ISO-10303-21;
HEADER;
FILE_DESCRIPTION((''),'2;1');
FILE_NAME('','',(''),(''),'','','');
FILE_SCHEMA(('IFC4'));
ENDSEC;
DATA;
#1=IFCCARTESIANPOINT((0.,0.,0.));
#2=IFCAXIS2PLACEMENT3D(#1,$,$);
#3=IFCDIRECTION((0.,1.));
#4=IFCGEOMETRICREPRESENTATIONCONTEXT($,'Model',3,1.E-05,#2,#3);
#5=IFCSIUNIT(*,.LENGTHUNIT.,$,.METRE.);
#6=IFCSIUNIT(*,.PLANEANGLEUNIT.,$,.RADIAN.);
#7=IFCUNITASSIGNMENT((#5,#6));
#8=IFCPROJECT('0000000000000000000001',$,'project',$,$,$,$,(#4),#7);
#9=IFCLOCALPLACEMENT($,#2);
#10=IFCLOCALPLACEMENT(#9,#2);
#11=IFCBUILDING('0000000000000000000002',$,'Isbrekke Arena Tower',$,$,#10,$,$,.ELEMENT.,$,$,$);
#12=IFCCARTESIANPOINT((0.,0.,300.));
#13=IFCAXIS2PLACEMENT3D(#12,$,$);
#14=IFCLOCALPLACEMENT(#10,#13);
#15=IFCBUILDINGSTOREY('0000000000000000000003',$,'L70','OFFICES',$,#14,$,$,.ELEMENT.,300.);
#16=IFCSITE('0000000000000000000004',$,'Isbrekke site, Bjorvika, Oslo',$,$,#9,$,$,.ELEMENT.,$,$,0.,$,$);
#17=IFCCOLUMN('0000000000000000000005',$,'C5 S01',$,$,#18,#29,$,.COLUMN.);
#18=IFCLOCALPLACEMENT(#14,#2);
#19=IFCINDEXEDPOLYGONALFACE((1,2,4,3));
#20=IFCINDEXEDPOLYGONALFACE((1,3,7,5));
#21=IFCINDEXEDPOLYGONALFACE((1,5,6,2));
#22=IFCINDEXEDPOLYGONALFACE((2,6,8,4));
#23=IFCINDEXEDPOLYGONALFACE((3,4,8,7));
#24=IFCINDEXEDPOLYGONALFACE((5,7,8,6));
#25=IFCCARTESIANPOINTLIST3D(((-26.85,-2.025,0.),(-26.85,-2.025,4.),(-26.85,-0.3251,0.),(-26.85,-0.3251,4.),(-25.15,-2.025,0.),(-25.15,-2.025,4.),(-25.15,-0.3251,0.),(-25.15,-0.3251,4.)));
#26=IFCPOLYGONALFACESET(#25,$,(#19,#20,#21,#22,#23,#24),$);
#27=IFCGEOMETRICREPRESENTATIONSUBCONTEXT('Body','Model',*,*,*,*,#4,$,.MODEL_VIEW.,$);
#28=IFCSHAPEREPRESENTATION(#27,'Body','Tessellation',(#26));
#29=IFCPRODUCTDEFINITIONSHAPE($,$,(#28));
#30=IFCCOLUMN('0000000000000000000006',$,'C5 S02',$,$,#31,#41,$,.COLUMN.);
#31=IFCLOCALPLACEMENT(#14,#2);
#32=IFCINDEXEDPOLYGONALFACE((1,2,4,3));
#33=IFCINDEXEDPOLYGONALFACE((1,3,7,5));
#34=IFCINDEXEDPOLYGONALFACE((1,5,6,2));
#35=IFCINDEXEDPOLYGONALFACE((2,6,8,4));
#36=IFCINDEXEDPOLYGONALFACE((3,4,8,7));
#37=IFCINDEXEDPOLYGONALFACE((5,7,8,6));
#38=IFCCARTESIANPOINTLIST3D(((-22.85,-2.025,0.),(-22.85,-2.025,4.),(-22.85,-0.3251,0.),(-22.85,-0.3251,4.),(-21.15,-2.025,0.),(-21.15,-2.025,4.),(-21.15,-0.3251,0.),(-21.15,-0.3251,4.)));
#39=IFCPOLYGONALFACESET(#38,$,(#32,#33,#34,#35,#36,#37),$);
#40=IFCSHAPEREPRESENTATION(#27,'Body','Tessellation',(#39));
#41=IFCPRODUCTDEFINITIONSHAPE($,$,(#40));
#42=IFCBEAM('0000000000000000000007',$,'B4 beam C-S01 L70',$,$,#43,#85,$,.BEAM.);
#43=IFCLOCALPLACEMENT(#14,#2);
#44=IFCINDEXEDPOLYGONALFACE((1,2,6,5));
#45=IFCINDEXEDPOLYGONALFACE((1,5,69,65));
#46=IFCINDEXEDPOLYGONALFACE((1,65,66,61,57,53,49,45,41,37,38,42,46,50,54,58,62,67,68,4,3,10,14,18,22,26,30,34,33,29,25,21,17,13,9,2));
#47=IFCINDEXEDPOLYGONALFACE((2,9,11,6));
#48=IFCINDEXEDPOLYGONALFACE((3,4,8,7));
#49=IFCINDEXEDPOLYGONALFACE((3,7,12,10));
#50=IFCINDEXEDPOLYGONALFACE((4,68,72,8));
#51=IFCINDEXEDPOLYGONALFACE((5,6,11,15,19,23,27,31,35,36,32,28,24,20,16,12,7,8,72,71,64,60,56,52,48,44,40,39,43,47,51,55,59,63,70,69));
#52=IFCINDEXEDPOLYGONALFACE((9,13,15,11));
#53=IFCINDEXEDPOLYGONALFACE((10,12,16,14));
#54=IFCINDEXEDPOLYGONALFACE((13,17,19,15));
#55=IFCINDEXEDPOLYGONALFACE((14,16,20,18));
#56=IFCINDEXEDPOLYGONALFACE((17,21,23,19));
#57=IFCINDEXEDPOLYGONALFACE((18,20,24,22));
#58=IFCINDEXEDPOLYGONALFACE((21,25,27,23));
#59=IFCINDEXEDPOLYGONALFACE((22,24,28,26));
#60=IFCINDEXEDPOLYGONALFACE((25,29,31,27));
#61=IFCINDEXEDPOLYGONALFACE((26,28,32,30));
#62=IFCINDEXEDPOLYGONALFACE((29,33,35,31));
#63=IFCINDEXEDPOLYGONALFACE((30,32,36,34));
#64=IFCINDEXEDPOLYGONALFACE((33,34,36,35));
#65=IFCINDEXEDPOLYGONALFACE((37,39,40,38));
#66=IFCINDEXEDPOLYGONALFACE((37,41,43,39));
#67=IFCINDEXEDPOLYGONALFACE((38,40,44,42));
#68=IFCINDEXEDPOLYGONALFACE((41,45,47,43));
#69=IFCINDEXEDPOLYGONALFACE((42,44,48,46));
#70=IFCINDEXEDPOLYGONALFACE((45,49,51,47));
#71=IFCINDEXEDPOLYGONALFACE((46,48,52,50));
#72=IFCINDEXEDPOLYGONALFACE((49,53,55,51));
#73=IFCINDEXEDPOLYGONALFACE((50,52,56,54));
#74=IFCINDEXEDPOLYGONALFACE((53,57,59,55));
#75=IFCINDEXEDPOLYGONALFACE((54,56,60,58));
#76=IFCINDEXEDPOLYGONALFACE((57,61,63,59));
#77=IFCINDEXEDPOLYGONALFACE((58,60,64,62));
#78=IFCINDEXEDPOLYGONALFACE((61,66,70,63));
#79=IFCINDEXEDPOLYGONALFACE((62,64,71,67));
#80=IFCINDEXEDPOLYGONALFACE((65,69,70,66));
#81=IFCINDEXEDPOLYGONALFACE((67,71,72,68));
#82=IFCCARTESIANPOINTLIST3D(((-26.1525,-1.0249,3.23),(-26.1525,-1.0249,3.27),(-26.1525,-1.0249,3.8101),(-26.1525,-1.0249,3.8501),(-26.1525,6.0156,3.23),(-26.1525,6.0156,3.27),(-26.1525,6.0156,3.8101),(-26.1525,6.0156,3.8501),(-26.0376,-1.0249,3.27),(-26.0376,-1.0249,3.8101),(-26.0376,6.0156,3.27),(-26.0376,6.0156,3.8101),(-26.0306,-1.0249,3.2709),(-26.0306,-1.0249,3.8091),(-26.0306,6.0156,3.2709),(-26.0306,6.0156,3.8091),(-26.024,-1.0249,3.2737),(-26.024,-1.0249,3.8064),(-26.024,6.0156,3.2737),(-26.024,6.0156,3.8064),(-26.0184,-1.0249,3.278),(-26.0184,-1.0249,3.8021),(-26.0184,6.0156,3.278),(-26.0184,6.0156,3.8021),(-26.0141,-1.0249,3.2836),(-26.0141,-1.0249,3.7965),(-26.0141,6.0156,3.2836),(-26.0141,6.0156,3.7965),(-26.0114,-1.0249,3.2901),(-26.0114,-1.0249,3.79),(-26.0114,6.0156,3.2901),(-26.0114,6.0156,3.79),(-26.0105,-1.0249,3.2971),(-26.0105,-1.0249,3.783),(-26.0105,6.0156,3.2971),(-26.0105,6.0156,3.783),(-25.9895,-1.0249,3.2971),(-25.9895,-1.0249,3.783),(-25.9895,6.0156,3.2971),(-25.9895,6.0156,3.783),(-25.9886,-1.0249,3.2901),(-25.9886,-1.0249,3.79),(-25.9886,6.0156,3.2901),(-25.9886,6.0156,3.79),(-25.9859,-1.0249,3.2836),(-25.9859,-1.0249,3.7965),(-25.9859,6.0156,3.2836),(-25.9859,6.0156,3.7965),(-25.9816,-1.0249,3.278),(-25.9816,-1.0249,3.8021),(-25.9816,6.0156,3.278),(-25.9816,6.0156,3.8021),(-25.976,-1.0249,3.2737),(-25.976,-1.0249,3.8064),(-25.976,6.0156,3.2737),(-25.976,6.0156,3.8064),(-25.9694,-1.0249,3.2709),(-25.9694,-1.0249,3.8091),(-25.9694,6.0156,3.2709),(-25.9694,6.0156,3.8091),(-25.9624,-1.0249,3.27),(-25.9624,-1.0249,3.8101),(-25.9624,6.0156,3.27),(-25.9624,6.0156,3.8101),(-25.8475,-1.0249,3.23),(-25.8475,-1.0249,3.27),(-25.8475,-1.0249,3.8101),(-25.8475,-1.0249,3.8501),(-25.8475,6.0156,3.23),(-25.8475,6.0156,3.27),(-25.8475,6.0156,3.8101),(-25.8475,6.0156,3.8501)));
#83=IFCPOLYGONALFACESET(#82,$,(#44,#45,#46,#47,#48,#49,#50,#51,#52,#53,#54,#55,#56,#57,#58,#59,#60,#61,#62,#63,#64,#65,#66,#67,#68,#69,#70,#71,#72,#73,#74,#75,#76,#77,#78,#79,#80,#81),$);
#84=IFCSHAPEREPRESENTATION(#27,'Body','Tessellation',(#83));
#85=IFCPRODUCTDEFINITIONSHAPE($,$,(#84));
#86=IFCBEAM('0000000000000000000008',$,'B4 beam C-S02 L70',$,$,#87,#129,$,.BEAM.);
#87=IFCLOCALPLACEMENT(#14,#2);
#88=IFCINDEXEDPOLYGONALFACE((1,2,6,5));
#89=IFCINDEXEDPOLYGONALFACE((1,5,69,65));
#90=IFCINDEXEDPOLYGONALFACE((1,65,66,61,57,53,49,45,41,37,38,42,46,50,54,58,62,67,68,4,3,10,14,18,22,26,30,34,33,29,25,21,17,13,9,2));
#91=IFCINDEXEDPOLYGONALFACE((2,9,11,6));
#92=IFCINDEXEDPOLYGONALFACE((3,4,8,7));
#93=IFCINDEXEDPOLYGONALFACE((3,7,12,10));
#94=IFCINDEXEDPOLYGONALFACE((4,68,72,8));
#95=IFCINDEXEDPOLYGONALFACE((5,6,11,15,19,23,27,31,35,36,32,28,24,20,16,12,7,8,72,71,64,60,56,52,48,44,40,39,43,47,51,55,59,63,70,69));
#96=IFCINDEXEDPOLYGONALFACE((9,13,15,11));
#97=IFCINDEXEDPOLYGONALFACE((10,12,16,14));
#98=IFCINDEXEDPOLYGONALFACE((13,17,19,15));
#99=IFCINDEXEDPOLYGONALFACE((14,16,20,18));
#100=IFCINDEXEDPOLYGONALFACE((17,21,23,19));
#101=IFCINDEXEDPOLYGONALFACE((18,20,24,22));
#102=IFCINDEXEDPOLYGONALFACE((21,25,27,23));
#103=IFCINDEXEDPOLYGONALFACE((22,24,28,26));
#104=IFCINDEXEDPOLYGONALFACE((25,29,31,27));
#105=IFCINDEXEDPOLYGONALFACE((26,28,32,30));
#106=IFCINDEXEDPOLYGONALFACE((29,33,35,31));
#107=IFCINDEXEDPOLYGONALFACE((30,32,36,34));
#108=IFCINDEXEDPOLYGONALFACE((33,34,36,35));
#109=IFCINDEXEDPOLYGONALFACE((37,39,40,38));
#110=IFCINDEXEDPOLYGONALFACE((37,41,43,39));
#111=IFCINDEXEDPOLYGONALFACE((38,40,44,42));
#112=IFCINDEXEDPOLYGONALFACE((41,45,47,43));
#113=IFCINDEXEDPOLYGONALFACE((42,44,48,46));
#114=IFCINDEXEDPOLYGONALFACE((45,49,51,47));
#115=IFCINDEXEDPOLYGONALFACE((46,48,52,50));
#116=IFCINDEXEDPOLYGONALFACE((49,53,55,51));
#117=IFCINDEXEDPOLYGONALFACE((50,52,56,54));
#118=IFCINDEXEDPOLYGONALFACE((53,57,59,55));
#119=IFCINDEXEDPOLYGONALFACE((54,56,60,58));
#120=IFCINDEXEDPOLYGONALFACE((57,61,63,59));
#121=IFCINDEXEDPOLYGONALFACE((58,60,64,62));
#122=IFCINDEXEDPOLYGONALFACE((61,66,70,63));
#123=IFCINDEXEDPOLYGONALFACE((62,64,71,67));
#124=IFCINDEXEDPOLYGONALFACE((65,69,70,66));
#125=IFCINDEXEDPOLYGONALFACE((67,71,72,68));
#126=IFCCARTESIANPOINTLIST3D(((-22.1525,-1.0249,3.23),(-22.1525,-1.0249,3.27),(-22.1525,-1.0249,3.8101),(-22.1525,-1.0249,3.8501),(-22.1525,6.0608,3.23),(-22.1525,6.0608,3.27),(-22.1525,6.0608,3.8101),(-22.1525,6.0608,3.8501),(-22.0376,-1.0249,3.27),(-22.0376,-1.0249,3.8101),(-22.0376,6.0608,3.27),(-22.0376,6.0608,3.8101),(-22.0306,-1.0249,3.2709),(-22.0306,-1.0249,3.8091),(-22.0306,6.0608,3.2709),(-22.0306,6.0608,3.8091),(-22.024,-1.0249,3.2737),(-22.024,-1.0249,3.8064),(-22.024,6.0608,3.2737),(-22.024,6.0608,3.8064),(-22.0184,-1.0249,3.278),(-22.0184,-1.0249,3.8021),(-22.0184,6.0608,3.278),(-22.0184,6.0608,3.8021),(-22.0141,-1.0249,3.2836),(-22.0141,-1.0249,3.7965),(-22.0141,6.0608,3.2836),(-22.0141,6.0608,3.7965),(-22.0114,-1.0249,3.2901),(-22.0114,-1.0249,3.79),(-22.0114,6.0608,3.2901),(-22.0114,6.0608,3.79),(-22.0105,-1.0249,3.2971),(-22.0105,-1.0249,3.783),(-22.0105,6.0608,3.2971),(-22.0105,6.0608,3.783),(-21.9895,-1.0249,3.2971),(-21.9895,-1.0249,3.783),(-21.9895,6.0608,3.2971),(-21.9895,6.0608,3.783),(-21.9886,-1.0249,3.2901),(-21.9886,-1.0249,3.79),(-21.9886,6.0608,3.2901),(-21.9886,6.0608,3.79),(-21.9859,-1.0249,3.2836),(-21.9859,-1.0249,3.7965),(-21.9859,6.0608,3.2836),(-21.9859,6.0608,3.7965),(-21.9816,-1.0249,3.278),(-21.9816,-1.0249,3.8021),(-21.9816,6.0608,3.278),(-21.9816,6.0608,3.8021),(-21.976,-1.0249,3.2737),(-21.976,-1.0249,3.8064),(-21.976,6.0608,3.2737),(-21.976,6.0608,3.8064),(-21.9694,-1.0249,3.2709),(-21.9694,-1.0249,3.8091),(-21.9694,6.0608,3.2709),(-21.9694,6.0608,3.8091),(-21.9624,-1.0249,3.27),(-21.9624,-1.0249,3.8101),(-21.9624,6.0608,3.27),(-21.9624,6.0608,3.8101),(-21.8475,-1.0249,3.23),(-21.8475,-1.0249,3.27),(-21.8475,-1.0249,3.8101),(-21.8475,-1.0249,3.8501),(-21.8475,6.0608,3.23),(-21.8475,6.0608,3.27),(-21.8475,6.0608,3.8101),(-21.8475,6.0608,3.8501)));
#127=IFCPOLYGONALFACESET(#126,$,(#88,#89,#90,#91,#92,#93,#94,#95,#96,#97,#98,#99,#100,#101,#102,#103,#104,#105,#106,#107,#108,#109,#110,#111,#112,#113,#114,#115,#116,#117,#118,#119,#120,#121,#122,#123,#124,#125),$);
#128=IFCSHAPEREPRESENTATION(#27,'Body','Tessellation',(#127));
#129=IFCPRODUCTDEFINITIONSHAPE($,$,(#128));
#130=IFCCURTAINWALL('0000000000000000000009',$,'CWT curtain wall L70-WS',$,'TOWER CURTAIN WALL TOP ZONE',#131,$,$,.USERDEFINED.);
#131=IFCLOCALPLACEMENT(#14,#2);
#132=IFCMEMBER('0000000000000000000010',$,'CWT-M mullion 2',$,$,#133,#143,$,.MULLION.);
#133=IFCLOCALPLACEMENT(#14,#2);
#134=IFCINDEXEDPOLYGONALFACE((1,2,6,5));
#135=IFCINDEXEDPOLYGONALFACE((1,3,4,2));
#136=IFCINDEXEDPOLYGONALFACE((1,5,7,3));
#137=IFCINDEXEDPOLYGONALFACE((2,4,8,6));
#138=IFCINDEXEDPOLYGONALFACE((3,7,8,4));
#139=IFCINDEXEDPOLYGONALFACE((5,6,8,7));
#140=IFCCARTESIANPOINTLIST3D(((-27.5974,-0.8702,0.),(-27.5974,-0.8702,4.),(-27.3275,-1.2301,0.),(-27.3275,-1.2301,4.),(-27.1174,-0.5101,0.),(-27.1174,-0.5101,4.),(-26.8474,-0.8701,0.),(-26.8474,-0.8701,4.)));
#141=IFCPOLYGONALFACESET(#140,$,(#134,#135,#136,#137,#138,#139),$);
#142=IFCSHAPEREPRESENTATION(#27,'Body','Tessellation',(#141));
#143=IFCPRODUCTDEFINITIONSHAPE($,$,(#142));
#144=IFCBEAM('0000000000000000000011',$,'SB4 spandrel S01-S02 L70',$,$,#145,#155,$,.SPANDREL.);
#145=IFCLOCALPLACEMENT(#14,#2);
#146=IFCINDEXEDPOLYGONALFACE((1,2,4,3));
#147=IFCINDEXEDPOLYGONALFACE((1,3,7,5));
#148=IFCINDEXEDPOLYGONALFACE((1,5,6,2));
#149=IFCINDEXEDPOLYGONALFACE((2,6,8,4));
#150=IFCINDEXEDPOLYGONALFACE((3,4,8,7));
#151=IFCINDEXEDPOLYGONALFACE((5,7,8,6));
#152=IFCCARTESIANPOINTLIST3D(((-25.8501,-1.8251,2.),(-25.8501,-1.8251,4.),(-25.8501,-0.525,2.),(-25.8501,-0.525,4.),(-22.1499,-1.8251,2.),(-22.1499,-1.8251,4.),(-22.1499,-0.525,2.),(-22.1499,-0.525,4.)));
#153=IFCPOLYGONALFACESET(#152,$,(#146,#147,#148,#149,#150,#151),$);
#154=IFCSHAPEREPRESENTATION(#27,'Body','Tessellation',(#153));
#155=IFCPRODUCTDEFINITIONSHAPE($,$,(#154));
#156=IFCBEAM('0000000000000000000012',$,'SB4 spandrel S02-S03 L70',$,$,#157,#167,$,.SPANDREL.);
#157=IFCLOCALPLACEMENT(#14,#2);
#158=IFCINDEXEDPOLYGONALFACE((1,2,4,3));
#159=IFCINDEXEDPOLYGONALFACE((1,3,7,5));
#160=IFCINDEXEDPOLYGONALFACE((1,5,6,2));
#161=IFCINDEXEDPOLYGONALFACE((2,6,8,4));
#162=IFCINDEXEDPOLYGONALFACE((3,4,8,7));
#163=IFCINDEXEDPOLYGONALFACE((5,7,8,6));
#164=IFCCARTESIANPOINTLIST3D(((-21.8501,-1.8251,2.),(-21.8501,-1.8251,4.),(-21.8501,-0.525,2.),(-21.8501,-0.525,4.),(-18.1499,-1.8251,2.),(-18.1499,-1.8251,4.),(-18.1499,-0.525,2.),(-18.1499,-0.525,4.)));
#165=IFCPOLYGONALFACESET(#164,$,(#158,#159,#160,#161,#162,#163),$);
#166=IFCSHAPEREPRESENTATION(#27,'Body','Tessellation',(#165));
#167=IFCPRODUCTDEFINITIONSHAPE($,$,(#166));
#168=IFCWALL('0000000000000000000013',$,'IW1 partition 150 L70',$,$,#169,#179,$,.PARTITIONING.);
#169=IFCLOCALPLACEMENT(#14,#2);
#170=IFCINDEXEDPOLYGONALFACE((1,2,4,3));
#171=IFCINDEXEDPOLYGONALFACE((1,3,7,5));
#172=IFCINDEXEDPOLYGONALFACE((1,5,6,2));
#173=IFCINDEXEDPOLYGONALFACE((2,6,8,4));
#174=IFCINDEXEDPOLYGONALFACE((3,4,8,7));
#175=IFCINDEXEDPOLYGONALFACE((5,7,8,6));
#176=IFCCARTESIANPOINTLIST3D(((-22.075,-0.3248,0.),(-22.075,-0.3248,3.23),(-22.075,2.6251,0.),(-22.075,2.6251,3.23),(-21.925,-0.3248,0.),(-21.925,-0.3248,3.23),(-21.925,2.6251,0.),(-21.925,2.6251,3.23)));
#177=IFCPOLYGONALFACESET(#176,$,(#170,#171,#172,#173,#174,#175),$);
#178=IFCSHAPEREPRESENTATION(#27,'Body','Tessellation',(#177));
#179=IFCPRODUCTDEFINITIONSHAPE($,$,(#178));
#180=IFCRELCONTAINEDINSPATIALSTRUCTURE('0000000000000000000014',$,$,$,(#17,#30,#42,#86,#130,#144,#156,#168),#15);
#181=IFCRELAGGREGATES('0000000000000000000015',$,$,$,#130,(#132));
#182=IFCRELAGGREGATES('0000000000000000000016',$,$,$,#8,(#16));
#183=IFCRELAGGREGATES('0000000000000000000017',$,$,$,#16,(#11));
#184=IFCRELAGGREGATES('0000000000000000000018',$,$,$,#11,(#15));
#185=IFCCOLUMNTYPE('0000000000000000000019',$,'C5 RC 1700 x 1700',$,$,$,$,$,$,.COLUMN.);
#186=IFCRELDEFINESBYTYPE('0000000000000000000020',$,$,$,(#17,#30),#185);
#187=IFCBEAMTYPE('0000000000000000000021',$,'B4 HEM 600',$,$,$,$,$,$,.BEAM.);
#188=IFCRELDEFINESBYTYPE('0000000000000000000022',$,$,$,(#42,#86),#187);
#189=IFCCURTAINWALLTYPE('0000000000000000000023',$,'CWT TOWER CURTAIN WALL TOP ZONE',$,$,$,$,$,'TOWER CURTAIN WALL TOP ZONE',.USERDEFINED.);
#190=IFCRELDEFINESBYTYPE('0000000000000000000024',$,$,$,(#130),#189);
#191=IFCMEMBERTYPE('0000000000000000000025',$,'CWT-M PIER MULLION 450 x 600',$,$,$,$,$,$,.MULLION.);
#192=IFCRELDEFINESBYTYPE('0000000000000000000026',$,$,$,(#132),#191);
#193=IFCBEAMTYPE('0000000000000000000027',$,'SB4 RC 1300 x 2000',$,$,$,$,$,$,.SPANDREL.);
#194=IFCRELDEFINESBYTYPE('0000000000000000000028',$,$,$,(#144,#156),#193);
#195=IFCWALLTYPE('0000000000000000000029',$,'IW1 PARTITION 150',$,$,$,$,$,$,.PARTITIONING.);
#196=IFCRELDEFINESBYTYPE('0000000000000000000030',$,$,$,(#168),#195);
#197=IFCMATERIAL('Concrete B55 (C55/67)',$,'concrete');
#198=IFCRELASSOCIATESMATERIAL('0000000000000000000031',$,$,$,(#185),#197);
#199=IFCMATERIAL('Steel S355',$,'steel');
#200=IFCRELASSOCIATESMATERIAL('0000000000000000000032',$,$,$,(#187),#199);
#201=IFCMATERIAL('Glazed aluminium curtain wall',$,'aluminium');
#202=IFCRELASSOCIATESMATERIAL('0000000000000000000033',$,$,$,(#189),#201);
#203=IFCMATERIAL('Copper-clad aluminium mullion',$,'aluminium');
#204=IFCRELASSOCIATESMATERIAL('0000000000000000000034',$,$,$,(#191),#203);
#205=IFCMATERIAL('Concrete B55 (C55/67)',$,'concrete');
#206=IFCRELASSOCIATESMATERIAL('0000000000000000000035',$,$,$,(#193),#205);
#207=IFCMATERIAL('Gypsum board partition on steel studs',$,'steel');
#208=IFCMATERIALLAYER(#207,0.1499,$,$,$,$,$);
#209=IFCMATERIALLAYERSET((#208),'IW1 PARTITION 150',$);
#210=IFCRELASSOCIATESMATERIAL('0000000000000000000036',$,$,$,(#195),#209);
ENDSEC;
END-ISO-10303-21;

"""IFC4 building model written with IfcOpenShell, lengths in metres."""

from ifc_helpers import new_model, si_unit, direction, frame, frame_2d, origin, origin_2d, place, context, subcontext, project, spatial, rectangle, i_section, extrude, material, layer, layer_set, material_profile, profile_set, type_object, element, aggregate, save


model = new_model("IFC4")

# Units and contexts
model_context = context("Model", 3, precision=1e-05, world=origin(), true_north=direction((0.0, 1.0)))
body_context = subcontext(model_context, "Body", "Model", "MODEL_VIEW")
ifc_project = project(units=[si_unit("LENGTHUNIT", "METRE"), si_unit("PLANEANGLEUNIT", "RADIAN")], contexts=[model_context])

# Site, building, storey
site_placement = place(None, origin())
site = spatial("IfcSite", under=ifc_project, at=site_placement, Name="Isbrekke site, Bjorvika, Oslo", CompositionType="ELEMENT", RefElevation=0.0)
building_placement = place(site_placement, origin())
building = spatial("IfcBuilding", under=site, at=building_placement, Name="Isbrekke Arena Tower", CompositionType="ELEMENT")
storey_placement = place(building_placement, frame((0.0, 0.0, 300.0)))
storey = spatial("IfcBuildingStorey", under=building, at=storey_placement, Name="L70", Description="OFFICES", CompositionType="ELEMENT", Elevation=300.0)

# Columns
ifc_material_1 = material(Name="Concrete B55 (C55/67)", Category="concrete")
ifc_material_profile_1 = material_profile(ifc_material_1, rectangle(XDim=1.7, YDim=1.7, at=origin_2d()), Name="RC 1700x1700")
ifc_profile_set_1 = profile_set([ifc_material_profile_1], Name="Concrete B55 (C55/67)")
column_type = type_object("IfcColumnType", Name="C5 RC 1700 x 1700", PredefinedType="COLUMN", material=ifc_profile_set_1)
for number, where, z_axis, x_axis, name in (
    (1, (-26.0, -1.175, 0.0), (0.0, 0.0, 1.0), (1.0, 0.0, 0.0), "C5 S01"),
    (2, (-22.0, -1.175, 0.0), (0.0, 0.0, 1.0), (1.0, 0.0, 0.0), "C5 S02"),
):
    element("IfcColumn", number, at=place(storey_placement, frame(where, z_axis=z_axis, x_axis=x_axis)), inside=storey, type_object=column_type, Name=name, PredefinedType="COLUMN", context=body_context, shape_type="SweptSolid", body=[
        extrude(rectangle(XDim=1.7, YDim=1.7, at=origin_2d()), origin(), (0.0, 0.0, 1.0), 4.0),
    ])

# Beams
ifc_material_2 = material(Name="Steel S355", Category="steel")
ifc_material_profile_2 = material_profile(ifc_material_2, i_section(OverallWidth=0.3049, OverallDepth=0.6201, WebThickness=0.021, FlangeThickness=0.04, FilletRadius=0.0271, at=origin_2d()), Name="HEM 600")
ifc_profile_set_2 = profile_set([ifc_material_profile_2], Name="Steel S355")
beam_type_1 = type_object("IfcBeamType", Name="B4 HEM 600", PredefinedType="BEAM", material=ifc_profile_set_2)
beam_1_placement = place(storey_placement, frame((-26.0, -1.0249, 3.54), z_axis=(0.0, 1.0, 0.0), x_axis=(-1.0, 0.0, 0.0)))
element("IfcBeam", 3, at=beam_1_placement, inside=storey, type_object=beam_type_1, Name="B4 beam C-S01 L70", PredefinedType="BEAM", context=body_context, shape_type="SweptSolid", body=[
    extrude(i_section(OverallWidth=0.3049, OverallDepth=0.6201, WebThickness=0.021, FlangeThickness=0.04, FilletRadius=0.0271, at=origin_2d()), origin(), (0.0, 0.0, 1.0), 7.0405),
])
beam_2_placement = place(storey_placement, frame((-22.0, -1.0249, 3.54), z_axis=(0.0, 1.0, 0.0), x_axis=(-1.0, 0.0, 0.0)))
element("IfcBeam", 4, at=beam_2_placement, inside=storey, type_object=beam_type_1, Name="B4 beam C-S02 L70", PredefinedType="BEAM", context=body_context, shape_type="SweptSolid", body=[
    extrude(i_section(OverallWidth=0.3049, OverallDepth=0.6201, WebThickness=0.021, FlangeThickness=0.04, FilletRadius=0.0271, at=origin_2d()), origin(), (0.0, 0.0, 1.0), 7.0857),
])

# Curtain wall, member
ifc_material_3 = material(Name="Glazed aluminium curtain wall", Category="aluminium")
curtain_wall_type = type_object("IfcCurtainWallType", Name="CWT TOWER CURTAIN WALL TOP ZONE", ElementType="TOWER CURTAIN WALL TOP ZONE", PredefinedType="USERDEFINED", material=ifc_material_3)
curtain_wall_placement = place(storey_placement, origin())
curtain_wall = element("IfcCurtainWall", 5, at=curtain_wall_placement, inside=storey, type_object=curtain_wall_type, Name="CWT curtain wall L70-WS", ObjectType="TOWER CURTAIN WALL TOP ZONE", PredefinedType="USERDEFINED")
ifc_material_4 = material(Name="Copper-clad aluminium mullion", Category="aluminium")
ifc_material_profile_3 = material_profile(ifc_material_4, rectangle(XDim=0.45, YDim=0.6001, at=origin_2d()), Name="PIER 450X600")
ifc_profile_set_3 = profile_set([ifc_material_profile_3], Name="Copper-clad aluminium mullion")
member_type = type_object("IfcMemberType", Name="CWT-M PIER MULLION 450 x 600", PredefinedType="MULLION", material=ifc_profile_set_3)
member_placement = place(storey_placement, frame((-27.2224, -0.8701, 0.0), z_axis=(0.0, 0.0, 1.0), x_axis=(0.6, -0.8, 0.0)))
member = element("IfcMember", 6, at=member_placement, type_object=member_type, Name="CWT-M mullion 2", PredefinedType="MULLION", context=body_context, shape_type="SweptSolid", body=[
    extrude(rectangle(XDim=0.45, YDim=0.6001, at=origin_2d()), origin(), (0.0, 0.0, 1.0), 4.0),
])
aggregate(curtain_wall, [member])

# Beams
ifc_material_5 = material(Name="Concrete B55 (C55/67)", Category="concrete")
ifc_material_profile_4 = material_profile(ifc_material_5, rectangle(XDim=1.3, YDim=2.0, at=origin_2d()), Name="RC 1300x2000")
ifc_profile_set_4 = profile_set([ifc_material_profile_4], Name="Concrete B55 (C55/67)")
beam_type_2 = type_object("IfcBeamType", Name="SB4 RC 1300 x 2000", PredefinedType="SPANDREL", material=ifc_profile_set_4)
for number, where, z_axis, x_axis, name in (
    (7, (-25.8501, -1.175, 3.0), (1.0, 0.0, 0.0), (0.0, 1.0, 0.0), "SB4 spandrel S01-S02 L70"),
    (8, (-21.8501, -1.175, 3.0), (1.0, 0.0, 0.0), (0.0, 1.0, 0.0), "SB4 spandrel S02-S03 L70"),
):
    element("IfcBeam", number, at=place(storey_placement, frame(where, z_axis=z_axis, x_axis=x_axis)), inside=storey, type_object=beam_type_2, Name=name, PredefinedType="SPANDREL", context=body_context, shape_type="SweptSolid", body=[
        extrude(rectangle(XDim=1.3, YDim=2.0, at=origin_2d()), origin(), (0.0, 0.0, 1.0), 3.7002),
    ])

# Wall
ifc_material_6 = material(Name="Gypsum board partition on steel studs", Category="steel")
ifc_layer_1 = layer(ifc_material_6, 0.1499)
ifc_layer_set_1 = layer_set([ifc_layer_1], Name="IW1 PARTITION 150")
wall_type_1 = type_object("IfcWallType", Name="IW1 PARTITION 150", PredefinedType="PARTITIONING", material=ifc_layer_set_1)
wall_1_placement = place(storey_placement, frame((-22.0, -0.325, 0.0), z_axis=(0.0, 0.0, 1.0), x_axis=(0.0, 1.0, 0.0)))
element("IfcWall", 9, at=wall_1_placement, inside=storey, type_object=wall_type_1, Name="IW1 partition 150 L70", PredefinedType="PARTITIONING", context=body_context, shape_type="SweptSolid", body=[
    extrude(rectangle(XDim=2.95, YDim=0.1499, at=frame_2d((1.4751, 0.0))), origin(), (0.0, 0.0, 1.0), 3.23),
])

save(model, "model.ifc")
